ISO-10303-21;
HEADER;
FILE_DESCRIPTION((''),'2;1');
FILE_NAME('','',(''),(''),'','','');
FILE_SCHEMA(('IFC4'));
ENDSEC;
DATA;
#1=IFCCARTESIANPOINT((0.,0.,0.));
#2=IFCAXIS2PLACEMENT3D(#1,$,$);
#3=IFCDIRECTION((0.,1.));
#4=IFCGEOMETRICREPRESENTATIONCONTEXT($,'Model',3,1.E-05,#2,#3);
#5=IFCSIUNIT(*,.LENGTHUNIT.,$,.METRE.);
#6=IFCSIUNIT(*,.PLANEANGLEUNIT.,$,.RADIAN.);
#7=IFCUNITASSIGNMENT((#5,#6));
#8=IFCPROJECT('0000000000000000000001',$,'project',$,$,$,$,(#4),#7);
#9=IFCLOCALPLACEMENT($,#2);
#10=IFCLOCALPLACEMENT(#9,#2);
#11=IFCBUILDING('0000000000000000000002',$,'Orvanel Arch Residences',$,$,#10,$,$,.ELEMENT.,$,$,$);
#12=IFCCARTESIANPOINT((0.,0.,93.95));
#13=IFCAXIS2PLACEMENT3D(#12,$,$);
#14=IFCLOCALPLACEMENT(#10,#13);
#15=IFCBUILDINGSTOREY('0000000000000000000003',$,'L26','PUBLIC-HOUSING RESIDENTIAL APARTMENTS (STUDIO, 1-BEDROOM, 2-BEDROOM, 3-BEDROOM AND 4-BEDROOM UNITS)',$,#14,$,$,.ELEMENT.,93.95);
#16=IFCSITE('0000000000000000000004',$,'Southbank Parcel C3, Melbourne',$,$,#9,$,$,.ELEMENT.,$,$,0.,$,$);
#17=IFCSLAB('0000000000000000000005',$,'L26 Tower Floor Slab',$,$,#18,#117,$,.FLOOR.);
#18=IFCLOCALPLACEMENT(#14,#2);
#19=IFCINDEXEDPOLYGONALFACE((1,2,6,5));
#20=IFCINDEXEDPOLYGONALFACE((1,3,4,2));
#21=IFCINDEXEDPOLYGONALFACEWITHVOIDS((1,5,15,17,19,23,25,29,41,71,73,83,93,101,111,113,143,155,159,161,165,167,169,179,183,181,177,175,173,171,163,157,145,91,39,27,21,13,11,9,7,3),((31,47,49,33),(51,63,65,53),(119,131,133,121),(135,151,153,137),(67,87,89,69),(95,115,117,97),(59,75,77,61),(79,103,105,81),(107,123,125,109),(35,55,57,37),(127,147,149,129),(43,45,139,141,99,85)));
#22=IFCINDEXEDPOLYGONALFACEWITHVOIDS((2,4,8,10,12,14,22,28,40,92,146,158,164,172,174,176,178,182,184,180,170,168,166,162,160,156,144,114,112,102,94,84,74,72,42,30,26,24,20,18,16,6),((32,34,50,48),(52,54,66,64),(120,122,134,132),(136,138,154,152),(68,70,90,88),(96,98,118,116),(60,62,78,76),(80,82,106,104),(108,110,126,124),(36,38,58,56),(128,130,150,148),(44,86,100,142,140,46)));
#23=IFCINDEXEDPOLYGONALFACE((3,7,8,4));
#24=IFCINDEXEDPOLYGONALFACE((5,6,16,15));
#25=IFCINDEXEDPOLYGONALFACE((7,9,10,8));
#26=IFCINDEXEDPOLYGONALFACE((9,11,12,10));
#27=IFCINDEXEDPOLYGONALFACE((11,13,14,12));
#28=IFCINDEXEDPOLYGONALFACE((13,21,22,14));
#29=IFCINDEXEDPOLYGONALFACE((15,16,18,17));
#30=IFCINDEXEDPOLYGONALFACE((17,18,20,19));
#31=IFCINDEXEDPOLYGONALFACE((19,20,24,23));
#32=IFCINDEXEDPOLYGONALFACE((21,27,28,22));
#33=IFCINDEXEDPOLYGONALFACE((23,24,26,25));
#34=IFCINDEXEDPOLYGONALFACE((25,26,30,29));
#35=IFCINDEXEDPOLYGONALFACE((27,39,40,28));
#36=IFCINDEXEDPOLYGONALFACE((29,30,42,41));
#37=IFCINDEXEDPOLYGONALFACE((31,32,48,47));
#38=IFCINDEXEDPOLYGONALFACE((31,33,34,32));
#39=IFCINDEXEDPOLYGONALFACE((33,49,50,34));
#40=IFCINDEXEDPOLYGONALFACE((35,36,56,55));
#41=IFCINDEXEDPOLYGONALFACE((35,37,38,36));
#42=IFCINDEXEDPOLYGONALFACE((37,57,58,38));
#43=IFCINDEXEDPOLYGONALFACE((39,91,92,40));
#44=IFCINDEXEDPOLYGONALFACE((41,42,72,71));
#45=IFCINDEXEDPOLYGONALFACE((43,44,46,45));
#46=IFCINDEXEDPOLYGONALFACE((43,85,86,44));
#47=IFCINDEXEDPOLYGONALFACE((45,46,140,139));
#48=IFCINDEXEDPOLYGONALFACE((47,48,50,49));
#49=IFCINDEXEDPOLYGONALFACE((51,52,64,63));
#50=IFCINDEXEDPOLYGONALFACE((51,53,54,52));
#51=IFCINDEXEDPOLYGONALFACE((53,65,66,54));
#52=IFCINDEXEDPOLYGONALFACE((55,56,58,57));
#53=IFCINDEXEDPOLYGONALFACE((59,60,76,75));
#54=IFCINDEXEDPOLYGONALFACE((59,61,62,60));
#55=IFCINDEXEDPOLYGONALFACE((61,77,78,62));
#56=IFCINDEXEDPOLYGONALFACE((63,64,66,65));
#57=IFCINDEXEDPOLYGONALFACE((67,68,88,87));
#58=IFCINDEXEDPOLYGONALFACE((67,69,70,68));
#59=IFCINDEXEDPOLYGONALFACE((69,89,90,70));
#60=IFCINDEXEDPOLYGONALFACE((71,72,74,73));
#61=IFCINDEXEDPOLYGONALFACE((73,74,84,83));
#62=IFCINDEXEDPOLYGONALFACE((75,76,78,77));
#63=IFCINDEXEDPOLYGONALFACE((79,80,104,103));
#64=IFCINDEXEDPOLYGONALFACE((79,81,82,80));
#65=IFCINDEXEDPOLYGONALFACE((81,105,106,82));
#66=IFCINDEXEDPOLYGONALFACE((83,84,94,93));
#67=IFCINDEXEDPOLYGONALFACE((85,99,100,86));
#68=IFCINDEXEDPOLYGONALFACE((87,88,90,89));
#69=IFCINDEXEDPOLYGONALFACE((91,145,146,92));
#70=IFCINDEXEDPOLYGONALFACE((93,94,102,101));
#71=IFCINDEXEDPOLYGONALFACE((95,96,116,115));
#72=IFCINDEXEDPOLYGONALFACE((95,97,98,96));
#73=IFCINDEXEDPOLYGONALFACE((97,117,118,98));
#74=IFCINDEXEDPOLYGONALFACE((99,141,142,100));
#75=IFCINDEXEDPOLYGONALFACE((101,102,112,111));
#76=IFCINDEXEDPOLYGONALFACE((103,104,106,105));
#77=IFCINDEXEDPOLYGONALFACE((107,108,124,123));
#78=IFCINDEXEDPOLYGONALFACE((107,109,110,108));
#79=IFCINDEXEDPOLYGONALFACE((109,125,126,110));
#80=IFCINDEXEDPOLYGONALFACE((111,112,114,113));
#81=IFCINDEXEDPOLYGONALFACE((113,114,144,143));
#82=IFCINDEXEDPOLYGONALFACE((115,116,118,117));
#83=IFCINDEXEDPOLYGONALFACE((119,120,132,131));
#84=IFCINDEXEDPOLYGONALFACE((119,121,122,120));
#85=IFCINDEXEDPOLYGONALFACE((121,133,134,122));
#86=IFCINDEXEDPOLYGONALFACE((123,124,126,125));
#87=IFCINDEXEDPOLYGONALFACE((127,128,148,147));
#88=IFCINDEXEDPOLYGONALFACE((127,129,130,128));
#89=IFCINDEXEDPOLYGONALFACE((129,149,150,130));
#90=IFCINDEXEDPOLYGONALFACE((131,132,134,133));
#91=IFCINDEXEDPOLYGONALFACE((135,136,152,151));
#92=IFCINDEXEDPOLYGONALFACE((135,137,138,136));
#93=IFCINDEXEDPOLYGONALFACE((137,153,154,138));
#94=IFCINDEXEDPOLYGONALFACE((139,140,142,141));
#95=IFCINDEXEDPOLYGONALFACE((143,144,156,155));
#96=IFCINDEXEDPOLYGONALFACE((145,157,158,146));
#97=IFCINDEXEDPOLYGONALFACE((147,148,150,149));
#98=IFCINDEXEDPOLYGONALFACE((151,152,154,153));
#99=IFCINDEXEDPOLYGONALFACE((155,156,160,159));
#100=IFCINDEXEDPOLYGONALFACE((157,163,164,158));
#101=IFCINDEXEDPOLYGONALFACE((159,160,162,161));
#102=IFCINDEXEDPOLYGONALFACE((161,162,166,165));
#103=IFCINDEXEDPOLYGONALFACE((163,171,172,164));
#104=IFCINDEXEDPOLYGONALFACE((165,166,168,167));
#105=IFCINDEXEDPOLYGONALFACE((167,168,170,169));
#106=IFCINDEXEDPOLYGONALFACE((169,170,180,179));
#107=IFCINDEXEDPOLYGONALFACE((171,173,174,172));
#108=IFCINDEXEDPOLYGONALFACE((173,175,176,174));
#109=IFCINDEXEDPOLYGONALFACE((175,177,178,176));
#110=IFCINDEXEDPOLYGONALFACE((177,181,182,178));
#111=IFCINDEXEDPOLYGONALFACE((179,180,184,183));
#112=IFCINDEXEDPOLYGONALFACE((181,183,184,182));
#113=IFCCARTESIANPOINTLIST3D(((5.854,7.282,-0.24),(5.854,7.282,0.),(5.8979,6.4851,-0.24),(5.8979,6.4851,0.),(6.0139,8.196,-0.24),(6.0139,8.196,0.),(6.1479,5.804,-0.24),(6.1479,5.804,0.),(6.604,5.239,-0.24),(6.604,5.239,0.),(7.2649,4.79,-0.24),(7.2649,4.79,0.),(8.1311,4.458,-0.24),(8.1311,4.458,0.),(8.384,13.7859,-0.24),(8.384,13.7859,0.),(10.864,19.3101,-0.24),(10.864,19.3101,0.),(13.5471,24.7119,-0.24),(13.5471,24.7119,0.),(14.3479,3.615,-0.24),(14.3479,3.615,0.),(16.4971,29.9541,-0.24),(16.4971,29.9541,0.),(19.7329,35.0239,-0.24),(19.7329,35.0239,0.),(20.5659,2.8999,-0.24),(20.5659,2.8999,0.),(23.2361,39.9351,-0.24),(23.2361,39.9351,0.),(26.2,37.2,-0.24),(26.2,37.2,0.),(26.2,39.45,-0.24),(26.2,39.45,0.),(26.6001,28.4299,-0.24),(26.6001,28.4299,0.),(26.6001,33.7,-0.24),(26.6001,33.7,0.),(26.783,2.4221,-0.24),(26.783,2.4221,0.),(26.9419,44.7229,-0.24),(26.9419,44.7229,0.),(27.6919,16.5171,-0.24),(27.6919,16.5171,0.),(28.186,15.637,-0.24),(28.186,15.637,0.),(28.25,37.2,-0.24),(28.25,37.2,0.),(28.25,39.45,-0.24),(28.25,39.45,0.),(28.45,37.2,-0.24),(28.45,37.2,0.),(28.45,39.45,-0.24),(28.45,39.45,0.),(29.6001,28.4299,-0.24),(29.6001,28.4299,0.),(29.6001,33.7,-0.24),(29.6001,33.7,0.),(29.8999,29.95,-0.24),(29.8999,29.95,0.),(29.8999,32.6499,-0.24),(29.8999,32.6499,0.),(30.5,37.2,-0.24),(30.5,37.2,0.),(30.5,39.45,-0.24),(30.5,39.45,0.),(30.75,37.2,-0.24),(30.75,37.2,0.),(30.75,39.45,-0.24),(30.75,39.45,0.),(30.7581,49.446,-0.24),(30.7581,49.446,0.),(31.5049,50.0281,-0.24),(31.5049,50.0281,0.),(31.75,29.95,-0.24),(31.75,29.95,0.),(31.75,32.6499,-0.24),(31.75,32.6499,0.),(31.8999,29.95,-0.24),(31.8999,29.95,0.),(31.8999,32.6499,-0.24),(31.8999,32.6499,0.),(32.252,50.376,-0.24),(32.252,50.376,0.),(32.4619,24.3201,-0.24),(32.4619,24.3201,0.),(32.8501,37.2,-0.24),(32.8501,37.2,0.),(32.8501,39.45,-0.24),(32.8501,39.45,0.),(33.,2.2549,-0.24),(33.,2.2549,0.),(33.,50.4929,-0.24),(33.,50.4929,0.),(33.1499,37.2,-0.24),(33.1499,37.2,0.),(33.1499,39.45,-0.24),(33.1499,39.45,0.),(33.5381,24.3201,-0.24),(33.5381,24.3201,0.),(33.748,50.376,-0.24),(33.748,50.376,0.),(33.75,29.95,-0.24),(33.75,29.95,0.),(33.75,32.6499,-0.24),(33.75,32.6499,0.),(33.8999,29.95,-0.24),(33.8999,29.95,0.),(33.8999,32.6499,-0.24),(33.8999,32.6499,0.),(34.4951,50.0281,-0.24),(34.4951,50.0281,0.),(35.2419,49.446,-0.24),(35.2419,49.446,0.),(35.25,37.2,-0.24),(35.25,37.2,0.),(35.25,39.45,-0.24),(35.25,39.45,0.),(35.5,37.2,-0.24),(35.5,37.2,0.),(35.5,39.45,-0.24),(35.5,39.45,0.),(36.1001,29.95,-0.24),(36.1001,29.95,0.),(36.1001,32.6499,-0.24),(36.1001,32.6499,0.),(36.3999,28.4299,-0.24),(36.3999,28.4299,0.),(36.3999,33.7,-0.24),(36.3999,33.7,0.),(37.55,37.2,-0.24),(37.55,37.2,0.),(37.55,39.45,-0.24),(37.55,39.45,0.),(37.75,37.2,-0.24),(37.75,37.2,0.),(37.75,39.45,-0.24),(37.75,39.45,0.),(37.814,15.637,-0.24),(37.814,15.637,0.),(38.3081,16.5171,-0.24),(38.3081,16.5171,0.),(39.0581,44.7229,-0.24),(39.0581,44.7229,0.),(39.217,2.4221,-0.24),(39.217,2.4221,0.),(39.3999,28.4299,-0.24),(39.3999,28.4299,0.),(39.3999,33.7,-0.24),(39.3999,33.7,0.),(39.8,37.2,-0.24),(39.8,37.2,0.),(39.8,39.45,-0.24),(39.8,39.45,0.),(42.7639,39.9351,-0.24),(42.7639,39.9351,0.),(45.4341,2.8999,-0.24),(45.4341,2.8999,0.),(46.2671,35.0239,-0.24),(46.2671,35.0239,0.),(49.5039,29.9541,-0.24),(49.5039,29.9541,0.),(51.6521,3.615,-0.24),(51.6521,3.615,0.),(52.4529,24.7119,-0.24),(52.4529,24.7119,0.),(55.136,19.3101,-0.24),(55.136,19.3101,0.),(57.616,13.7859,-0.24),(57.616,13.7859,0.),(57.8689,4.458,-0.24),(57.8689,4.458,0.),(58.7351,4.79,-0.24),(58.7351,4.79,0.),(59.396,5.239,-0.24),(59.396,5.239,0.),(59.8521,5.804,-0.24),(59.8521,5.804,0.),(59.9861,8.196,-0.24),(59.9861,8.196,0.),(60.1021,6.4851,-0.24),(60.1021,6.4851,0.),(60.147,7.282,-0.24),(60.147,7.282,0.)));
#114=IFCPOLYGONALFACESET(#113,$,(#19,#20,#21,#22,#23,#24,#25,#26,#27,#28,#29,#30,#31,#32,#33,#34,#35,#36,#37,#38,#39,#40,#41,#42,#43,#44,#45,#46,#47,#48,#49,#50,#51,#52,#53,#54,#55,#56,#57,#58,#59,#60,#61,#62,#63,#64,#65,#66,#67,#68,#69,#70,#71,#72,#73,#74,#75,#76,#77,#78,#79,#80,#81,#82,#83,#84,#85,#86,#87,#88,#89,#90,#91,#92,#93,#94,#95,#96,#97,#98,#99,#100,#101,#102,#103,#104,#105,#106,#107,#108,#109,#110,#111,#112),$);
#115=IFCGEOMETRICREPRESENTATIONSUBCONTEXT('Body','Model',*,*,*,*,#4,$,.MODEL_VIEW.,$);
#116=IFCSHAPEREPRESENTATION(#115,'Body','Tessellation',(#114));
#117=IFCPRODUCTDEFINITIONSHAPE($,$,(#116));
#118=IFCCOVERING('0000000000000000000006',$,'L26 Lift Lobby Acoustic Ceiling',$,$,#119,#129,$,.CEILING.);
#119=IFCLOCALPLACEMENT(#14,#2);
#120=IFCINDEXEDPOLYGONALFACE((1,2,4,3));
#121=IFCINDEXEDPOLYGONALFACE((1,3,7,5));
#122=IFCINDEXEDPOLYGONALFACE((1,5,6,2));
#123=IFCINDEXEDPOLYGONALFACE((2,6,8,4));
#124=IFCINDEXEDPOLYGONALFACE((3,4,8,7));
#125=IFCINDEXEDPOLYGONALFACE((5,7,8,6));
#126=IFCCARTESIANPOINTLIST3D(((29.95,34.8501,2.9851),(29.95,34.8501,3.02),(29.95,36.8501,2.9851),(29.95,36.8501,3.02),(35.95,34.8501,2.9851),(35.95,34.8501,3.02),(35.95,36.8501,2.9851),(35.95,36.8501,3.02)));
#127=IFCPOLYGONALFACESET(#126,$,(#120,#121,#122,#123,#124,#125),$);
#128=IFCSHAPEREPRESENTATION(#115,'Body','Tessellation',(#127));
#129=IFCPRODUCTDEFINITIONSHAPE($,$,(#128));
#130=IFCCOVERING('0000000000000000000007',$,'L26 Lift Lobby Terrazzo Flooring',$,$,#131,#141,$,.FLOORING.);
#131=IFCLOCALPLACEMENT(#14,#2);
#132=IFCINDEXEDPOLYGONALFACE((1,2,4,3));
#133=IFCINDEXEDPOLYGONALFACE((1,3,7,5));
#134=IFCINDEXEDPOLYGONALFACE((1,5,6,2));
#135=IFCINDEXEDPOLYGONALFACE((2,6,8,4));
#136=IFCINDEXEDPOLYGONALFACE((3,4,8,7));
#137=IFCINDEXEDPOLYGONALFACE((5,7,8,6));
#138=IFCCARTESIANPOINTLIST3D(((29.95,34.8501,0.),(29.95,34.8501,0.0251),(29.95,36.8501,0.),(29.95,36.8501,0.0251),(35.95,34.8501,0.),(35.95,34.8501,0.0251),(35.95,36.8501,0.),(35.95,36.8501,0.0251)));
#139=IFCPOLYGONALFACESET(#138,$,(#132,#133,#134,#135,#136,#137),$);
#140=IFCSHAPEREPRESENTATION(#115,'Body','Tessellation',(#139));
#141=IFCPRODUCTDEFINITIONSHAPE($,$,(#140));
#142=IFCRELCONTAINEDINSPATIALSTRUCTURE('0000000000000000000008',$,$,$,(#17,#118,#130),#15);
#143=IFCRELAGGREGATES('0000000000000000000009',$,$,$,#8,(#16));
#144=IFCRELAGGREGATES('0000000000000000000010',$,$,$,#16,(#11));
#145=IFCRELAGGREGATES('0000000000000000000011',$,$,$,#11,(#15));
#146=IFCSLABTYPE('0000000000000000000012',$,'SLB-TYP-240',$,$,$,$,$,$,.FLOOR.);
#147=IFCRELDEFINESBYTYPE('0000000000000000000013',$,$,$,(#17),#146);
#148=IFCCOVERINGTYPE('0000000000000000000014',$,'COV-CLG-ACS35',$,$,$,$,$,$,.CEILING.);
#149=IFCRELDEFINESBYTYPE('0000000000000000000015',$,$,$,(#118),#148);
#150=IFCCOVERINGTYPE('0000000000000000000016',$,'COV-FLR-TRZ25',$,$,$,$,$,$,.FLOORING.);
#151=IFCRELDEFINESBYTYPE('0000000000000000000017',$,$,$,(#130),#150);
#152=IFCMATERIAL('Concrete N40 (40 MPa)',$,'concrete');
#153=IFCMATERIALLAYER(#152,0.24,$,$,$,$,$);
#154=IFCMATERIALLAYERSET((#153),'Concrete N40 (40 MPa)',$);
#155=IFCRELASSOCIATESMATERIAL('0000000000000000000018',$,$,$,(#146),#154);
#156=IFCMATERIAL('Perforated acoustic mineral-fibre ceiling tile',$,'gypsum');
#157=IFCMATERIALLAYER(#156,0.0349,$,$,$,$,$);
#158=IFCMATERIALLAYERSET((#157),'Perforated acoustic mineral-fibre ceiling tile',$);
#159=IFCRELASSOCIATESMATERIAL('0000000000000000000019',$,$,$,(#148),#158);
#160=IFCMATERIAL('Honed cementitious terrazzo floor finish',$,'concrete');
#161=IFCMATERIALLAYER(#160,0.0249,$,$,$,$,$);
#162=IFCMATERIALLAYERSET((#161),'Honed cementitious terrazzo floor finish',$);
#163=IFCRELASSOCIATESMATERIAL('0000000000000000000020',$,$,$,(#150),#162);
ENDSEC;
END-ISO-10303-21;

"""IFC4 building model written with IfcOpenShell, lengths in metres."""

from ifc_helpers import new_model, si_unit, direction, frame, origin, place, context, subcontext, project, spatial, polyline, outline, extrude, material, layer, layer_set, type_object, element, save


model = new_model("IFC4")

# Units and contexts
model_context = context("Model", 3, precision=1e-05, world=origin(), true_north=direction((0.0, 1.0)))
body_context = subcontext(model_context, "Body", "Model", "MODEL_VIEW")
ifc_project = project(units=[si_unit("LENGTHUNIT", "METRE"), si_unit("PLANEANGLEUNIT", "RADIAN")], contexts=[model_context])

# Site, building, storey
site_placement = place(None, origin())
site = spatial("IfcSite", under=ifc_project, at=site_placement, Name="Southbank Parcel C3, Melbourne", CompositionType="ELEMENT", RefElevation=0.0)
building_placement = place(site_placement, origin())
building = spatial("IfcBuilding", under=site, at=building_placement, Name="Orvanel Arch Residences", CompositionType="ELEMENT")
storey_placement = place(building_placement, frame((0.0, 0.0, 93.95)))
storey = spatial("IfcBuildingStorey", under=building, at=storey_placement, Name="L26", Description="PUBLIC-HOUSING RESIDENTIAL APARTMENTS (STUDIO, 1-BEDROOM, 2-BEDROOM, 3-BEDROOM AND 4-BEDROOM UNITS)", CompositionType="ELEMENT", Elevation=93.95)

# Shared definitions
ifc_material_1 = material(Name="Concrete N40 (40 MPa)", Category="concrete")

# Slab
ifc_layer_1 = layer(ifc_material_1, 0.24)
ifc_layer_set_1 = layer_set([ifc_layer_1], Name="Concrete N40 (40 MPa)")
slab_type_1 = type_object("IfcSlabType", Name="SLB-TYP-240", PredefinedType="FLOOR", material=ifc_layer_set_1)
slab_1_placement = place(storey_placement, frame((0.0, 0.0, -0.24)))
element("IfcSlab", 1, at=slab_1_placement, inside=storey, type_object=slab_type_1, Name="L26 Tower Floor Slab", PredefinedType="FLOOR", context=body_context, shape_type="SweptSolid", body=[
    extrude(outline(polyline([(35.2419, 49.446), (34.4951, 50.0281), (33.748, 50.376), (33.0, 50.4929), (32.252, 50.376), (31.5049, 50.0281), (30.7581, 49.446), (26.9419, 44.7229), (23.2361, 39.9351), (19.7329, 35.0239), (16.4971, 29.9541), (13.5471, 24.7119), (10.864, 19.3101), (8.384, 13.7859), (6.0139, 8.196), (5.854, 7.282), (5.8979, 6.4851), (6.1479, 5.804), (6.604, 5.239), (7.2649, 4.79), (8.1311, 4.458), (14.3479, 3.615), (20.5659, 2.8999), (26.783, 2.4221), (33.0, 2.2549), (39.217, 2.4221), (45.4341, 2.8999), (51.6521, 3.615), (57.8689, 4.458), (58.7351, 4.79), (59.396, 5.239), (59.8521, 5.804), (60.1021, 6.4851), (60.147, 7.282), (59.9861, 8.196), (57.616, 13.7859), (55.136, 19.3101), (52.4529, 24.7119), (49.5039, 29.9541), (46.2671, 35.0239), (42.7639, 39.9351), (39.0581, 44.7229), (35.2419, 49.446)]), holes=[polyline([(26.6001, 28.4299), (26.6001, 33.7), (29.6001, 33.7), (29.6001, 28.4299), (26.6001, 28.4299)]), polyline([(36.3999, 28.4299), (36.3999, 33.7), (39.3999, 33.7), (39.3999, 28.4299), (36.3999, 28.4299)]), polyline([(29.8999, 32.6499), (31.75, 32.6499), (31.75, 29.95), (29.8999, 29.95), (29.8999, 32.6499)]), polyline([(31.8999, 32.6499), (33.75, 32.6499), (33.75, 29.95), (31.8999, 29.95), (31.8999, 32.6499)]), polyline([(33.8999, 32.6499), (36.1001, 32.6499), (36.1001, 29.95), (33.8999, 29.95), (33.8999, 32.6499)]), polyline([(26.2, 39.45), (28.25, 39.45), (28.25, 37.2), (26.2, 37.2), (26.2, 39.45)]), polyline([(37.75, 39.45), (39.8, 39.45), (39.8, 37.2), (37.75, 37.2), (37.75, 39.45)]), polyline([(28.45, 39.45), (30.5, 39.45), (30.5, 37.2), (28.45, 37.2), (28.45, 39.45)]), polyline([(35.5, 39.45), (37.55, 39.45), (37.55, 37.2), (35.5, 37.2), (35.5, 39.45)]), polyline([(30.75, 39.45), (32.8501, 39.45), (32.8501, 37.2), (30.75, 37.2), (30.75, 39.45)]), polyline([(33.1499, 39.45), (35.25, 39.45), (35.25, 37.2), (33.1499, 37.2), (33.1499, 39.45)]), polyline([(38.3081, 16.5171), (37.814, 15.637), (28.186, 15.637), (27.6919, 16.5171), (32.4619, 24.3201), (33.5381, 24.3201), (38.3081, 16.5171)])]), origin(), (0.0, 0.0, 1.0), 0.24),
])

# Coverings
ifc_material_2 = material(Name="Perforated acoustic mineral-fibre ceiling tile", Category="gypsum")
ifc_layer_2 = layer(ifc_material_2, 0.0349)
ifc_layer_set_2 = layer_set([ifc_layer_2], Name="Perforated acoustic mineral-fibre ceiling tile")
covering_type_1 = type_object("IfcCoveringType", Name="COV-CLG-ACS35", PredefinedType="CEILING", material=ifc_layer_set_2)
covering_1_placement = place(storey_placement, frame((0.0, 0.0, 2.9851)))
element("IfcCovering", 2, at=covering_1_placement, inside=storey, type_object=covering_type_1, Name="L26 Lift Lobby Acoustic Ceiling", PredefinedType="CEILING", context=body_context, shape_type="SweptSolid", body=[
    extrude(outline(polyline([(29.95, 34.8501), (35.95, 34.8501), (35.95, 36.8501), (29.95, 36.8501), (29.95, 34.8501)])), origin(), (0.0, 0.0, 1.0), 0.0349),
])
ifc_material_3 = material(Name="Honed cementitious terrazzo floor finish", Category="concrete")
ifc_layer_3 = layer(ifc_material_3, 0.0249)
ifc_layer_set_3 = layer_set([ifc_layer_3], Name="Honed cementitious terrazzo floor finish")
covering_type_2 = type_object("IfcCoveringType", Name="COV-FLR-TRZ25", PredefinedType="FLOORING", material=ifc_layer_set_3)
covering_2_placement = place(storey_placement, origin())
element("IfcCovering", 3, at=covering_2_placement, inside=storey, type_object=covering_type_2, Name="L26 Lift Lobby Terrazzo Flooring", PredefinedType="FLOORING", context=body_context, shape_type="SweptSolid", body=[
    extrude(outline(polyline([(29.95, 34.8501), (35.95, 34.8501), (35.95, 36.8501), (29.95, 36.8501), (29.95, 34.8501)])), origin(), (0.0, 0.0, 1.0), 0.0251),
])

save(model, "model.ifc")
